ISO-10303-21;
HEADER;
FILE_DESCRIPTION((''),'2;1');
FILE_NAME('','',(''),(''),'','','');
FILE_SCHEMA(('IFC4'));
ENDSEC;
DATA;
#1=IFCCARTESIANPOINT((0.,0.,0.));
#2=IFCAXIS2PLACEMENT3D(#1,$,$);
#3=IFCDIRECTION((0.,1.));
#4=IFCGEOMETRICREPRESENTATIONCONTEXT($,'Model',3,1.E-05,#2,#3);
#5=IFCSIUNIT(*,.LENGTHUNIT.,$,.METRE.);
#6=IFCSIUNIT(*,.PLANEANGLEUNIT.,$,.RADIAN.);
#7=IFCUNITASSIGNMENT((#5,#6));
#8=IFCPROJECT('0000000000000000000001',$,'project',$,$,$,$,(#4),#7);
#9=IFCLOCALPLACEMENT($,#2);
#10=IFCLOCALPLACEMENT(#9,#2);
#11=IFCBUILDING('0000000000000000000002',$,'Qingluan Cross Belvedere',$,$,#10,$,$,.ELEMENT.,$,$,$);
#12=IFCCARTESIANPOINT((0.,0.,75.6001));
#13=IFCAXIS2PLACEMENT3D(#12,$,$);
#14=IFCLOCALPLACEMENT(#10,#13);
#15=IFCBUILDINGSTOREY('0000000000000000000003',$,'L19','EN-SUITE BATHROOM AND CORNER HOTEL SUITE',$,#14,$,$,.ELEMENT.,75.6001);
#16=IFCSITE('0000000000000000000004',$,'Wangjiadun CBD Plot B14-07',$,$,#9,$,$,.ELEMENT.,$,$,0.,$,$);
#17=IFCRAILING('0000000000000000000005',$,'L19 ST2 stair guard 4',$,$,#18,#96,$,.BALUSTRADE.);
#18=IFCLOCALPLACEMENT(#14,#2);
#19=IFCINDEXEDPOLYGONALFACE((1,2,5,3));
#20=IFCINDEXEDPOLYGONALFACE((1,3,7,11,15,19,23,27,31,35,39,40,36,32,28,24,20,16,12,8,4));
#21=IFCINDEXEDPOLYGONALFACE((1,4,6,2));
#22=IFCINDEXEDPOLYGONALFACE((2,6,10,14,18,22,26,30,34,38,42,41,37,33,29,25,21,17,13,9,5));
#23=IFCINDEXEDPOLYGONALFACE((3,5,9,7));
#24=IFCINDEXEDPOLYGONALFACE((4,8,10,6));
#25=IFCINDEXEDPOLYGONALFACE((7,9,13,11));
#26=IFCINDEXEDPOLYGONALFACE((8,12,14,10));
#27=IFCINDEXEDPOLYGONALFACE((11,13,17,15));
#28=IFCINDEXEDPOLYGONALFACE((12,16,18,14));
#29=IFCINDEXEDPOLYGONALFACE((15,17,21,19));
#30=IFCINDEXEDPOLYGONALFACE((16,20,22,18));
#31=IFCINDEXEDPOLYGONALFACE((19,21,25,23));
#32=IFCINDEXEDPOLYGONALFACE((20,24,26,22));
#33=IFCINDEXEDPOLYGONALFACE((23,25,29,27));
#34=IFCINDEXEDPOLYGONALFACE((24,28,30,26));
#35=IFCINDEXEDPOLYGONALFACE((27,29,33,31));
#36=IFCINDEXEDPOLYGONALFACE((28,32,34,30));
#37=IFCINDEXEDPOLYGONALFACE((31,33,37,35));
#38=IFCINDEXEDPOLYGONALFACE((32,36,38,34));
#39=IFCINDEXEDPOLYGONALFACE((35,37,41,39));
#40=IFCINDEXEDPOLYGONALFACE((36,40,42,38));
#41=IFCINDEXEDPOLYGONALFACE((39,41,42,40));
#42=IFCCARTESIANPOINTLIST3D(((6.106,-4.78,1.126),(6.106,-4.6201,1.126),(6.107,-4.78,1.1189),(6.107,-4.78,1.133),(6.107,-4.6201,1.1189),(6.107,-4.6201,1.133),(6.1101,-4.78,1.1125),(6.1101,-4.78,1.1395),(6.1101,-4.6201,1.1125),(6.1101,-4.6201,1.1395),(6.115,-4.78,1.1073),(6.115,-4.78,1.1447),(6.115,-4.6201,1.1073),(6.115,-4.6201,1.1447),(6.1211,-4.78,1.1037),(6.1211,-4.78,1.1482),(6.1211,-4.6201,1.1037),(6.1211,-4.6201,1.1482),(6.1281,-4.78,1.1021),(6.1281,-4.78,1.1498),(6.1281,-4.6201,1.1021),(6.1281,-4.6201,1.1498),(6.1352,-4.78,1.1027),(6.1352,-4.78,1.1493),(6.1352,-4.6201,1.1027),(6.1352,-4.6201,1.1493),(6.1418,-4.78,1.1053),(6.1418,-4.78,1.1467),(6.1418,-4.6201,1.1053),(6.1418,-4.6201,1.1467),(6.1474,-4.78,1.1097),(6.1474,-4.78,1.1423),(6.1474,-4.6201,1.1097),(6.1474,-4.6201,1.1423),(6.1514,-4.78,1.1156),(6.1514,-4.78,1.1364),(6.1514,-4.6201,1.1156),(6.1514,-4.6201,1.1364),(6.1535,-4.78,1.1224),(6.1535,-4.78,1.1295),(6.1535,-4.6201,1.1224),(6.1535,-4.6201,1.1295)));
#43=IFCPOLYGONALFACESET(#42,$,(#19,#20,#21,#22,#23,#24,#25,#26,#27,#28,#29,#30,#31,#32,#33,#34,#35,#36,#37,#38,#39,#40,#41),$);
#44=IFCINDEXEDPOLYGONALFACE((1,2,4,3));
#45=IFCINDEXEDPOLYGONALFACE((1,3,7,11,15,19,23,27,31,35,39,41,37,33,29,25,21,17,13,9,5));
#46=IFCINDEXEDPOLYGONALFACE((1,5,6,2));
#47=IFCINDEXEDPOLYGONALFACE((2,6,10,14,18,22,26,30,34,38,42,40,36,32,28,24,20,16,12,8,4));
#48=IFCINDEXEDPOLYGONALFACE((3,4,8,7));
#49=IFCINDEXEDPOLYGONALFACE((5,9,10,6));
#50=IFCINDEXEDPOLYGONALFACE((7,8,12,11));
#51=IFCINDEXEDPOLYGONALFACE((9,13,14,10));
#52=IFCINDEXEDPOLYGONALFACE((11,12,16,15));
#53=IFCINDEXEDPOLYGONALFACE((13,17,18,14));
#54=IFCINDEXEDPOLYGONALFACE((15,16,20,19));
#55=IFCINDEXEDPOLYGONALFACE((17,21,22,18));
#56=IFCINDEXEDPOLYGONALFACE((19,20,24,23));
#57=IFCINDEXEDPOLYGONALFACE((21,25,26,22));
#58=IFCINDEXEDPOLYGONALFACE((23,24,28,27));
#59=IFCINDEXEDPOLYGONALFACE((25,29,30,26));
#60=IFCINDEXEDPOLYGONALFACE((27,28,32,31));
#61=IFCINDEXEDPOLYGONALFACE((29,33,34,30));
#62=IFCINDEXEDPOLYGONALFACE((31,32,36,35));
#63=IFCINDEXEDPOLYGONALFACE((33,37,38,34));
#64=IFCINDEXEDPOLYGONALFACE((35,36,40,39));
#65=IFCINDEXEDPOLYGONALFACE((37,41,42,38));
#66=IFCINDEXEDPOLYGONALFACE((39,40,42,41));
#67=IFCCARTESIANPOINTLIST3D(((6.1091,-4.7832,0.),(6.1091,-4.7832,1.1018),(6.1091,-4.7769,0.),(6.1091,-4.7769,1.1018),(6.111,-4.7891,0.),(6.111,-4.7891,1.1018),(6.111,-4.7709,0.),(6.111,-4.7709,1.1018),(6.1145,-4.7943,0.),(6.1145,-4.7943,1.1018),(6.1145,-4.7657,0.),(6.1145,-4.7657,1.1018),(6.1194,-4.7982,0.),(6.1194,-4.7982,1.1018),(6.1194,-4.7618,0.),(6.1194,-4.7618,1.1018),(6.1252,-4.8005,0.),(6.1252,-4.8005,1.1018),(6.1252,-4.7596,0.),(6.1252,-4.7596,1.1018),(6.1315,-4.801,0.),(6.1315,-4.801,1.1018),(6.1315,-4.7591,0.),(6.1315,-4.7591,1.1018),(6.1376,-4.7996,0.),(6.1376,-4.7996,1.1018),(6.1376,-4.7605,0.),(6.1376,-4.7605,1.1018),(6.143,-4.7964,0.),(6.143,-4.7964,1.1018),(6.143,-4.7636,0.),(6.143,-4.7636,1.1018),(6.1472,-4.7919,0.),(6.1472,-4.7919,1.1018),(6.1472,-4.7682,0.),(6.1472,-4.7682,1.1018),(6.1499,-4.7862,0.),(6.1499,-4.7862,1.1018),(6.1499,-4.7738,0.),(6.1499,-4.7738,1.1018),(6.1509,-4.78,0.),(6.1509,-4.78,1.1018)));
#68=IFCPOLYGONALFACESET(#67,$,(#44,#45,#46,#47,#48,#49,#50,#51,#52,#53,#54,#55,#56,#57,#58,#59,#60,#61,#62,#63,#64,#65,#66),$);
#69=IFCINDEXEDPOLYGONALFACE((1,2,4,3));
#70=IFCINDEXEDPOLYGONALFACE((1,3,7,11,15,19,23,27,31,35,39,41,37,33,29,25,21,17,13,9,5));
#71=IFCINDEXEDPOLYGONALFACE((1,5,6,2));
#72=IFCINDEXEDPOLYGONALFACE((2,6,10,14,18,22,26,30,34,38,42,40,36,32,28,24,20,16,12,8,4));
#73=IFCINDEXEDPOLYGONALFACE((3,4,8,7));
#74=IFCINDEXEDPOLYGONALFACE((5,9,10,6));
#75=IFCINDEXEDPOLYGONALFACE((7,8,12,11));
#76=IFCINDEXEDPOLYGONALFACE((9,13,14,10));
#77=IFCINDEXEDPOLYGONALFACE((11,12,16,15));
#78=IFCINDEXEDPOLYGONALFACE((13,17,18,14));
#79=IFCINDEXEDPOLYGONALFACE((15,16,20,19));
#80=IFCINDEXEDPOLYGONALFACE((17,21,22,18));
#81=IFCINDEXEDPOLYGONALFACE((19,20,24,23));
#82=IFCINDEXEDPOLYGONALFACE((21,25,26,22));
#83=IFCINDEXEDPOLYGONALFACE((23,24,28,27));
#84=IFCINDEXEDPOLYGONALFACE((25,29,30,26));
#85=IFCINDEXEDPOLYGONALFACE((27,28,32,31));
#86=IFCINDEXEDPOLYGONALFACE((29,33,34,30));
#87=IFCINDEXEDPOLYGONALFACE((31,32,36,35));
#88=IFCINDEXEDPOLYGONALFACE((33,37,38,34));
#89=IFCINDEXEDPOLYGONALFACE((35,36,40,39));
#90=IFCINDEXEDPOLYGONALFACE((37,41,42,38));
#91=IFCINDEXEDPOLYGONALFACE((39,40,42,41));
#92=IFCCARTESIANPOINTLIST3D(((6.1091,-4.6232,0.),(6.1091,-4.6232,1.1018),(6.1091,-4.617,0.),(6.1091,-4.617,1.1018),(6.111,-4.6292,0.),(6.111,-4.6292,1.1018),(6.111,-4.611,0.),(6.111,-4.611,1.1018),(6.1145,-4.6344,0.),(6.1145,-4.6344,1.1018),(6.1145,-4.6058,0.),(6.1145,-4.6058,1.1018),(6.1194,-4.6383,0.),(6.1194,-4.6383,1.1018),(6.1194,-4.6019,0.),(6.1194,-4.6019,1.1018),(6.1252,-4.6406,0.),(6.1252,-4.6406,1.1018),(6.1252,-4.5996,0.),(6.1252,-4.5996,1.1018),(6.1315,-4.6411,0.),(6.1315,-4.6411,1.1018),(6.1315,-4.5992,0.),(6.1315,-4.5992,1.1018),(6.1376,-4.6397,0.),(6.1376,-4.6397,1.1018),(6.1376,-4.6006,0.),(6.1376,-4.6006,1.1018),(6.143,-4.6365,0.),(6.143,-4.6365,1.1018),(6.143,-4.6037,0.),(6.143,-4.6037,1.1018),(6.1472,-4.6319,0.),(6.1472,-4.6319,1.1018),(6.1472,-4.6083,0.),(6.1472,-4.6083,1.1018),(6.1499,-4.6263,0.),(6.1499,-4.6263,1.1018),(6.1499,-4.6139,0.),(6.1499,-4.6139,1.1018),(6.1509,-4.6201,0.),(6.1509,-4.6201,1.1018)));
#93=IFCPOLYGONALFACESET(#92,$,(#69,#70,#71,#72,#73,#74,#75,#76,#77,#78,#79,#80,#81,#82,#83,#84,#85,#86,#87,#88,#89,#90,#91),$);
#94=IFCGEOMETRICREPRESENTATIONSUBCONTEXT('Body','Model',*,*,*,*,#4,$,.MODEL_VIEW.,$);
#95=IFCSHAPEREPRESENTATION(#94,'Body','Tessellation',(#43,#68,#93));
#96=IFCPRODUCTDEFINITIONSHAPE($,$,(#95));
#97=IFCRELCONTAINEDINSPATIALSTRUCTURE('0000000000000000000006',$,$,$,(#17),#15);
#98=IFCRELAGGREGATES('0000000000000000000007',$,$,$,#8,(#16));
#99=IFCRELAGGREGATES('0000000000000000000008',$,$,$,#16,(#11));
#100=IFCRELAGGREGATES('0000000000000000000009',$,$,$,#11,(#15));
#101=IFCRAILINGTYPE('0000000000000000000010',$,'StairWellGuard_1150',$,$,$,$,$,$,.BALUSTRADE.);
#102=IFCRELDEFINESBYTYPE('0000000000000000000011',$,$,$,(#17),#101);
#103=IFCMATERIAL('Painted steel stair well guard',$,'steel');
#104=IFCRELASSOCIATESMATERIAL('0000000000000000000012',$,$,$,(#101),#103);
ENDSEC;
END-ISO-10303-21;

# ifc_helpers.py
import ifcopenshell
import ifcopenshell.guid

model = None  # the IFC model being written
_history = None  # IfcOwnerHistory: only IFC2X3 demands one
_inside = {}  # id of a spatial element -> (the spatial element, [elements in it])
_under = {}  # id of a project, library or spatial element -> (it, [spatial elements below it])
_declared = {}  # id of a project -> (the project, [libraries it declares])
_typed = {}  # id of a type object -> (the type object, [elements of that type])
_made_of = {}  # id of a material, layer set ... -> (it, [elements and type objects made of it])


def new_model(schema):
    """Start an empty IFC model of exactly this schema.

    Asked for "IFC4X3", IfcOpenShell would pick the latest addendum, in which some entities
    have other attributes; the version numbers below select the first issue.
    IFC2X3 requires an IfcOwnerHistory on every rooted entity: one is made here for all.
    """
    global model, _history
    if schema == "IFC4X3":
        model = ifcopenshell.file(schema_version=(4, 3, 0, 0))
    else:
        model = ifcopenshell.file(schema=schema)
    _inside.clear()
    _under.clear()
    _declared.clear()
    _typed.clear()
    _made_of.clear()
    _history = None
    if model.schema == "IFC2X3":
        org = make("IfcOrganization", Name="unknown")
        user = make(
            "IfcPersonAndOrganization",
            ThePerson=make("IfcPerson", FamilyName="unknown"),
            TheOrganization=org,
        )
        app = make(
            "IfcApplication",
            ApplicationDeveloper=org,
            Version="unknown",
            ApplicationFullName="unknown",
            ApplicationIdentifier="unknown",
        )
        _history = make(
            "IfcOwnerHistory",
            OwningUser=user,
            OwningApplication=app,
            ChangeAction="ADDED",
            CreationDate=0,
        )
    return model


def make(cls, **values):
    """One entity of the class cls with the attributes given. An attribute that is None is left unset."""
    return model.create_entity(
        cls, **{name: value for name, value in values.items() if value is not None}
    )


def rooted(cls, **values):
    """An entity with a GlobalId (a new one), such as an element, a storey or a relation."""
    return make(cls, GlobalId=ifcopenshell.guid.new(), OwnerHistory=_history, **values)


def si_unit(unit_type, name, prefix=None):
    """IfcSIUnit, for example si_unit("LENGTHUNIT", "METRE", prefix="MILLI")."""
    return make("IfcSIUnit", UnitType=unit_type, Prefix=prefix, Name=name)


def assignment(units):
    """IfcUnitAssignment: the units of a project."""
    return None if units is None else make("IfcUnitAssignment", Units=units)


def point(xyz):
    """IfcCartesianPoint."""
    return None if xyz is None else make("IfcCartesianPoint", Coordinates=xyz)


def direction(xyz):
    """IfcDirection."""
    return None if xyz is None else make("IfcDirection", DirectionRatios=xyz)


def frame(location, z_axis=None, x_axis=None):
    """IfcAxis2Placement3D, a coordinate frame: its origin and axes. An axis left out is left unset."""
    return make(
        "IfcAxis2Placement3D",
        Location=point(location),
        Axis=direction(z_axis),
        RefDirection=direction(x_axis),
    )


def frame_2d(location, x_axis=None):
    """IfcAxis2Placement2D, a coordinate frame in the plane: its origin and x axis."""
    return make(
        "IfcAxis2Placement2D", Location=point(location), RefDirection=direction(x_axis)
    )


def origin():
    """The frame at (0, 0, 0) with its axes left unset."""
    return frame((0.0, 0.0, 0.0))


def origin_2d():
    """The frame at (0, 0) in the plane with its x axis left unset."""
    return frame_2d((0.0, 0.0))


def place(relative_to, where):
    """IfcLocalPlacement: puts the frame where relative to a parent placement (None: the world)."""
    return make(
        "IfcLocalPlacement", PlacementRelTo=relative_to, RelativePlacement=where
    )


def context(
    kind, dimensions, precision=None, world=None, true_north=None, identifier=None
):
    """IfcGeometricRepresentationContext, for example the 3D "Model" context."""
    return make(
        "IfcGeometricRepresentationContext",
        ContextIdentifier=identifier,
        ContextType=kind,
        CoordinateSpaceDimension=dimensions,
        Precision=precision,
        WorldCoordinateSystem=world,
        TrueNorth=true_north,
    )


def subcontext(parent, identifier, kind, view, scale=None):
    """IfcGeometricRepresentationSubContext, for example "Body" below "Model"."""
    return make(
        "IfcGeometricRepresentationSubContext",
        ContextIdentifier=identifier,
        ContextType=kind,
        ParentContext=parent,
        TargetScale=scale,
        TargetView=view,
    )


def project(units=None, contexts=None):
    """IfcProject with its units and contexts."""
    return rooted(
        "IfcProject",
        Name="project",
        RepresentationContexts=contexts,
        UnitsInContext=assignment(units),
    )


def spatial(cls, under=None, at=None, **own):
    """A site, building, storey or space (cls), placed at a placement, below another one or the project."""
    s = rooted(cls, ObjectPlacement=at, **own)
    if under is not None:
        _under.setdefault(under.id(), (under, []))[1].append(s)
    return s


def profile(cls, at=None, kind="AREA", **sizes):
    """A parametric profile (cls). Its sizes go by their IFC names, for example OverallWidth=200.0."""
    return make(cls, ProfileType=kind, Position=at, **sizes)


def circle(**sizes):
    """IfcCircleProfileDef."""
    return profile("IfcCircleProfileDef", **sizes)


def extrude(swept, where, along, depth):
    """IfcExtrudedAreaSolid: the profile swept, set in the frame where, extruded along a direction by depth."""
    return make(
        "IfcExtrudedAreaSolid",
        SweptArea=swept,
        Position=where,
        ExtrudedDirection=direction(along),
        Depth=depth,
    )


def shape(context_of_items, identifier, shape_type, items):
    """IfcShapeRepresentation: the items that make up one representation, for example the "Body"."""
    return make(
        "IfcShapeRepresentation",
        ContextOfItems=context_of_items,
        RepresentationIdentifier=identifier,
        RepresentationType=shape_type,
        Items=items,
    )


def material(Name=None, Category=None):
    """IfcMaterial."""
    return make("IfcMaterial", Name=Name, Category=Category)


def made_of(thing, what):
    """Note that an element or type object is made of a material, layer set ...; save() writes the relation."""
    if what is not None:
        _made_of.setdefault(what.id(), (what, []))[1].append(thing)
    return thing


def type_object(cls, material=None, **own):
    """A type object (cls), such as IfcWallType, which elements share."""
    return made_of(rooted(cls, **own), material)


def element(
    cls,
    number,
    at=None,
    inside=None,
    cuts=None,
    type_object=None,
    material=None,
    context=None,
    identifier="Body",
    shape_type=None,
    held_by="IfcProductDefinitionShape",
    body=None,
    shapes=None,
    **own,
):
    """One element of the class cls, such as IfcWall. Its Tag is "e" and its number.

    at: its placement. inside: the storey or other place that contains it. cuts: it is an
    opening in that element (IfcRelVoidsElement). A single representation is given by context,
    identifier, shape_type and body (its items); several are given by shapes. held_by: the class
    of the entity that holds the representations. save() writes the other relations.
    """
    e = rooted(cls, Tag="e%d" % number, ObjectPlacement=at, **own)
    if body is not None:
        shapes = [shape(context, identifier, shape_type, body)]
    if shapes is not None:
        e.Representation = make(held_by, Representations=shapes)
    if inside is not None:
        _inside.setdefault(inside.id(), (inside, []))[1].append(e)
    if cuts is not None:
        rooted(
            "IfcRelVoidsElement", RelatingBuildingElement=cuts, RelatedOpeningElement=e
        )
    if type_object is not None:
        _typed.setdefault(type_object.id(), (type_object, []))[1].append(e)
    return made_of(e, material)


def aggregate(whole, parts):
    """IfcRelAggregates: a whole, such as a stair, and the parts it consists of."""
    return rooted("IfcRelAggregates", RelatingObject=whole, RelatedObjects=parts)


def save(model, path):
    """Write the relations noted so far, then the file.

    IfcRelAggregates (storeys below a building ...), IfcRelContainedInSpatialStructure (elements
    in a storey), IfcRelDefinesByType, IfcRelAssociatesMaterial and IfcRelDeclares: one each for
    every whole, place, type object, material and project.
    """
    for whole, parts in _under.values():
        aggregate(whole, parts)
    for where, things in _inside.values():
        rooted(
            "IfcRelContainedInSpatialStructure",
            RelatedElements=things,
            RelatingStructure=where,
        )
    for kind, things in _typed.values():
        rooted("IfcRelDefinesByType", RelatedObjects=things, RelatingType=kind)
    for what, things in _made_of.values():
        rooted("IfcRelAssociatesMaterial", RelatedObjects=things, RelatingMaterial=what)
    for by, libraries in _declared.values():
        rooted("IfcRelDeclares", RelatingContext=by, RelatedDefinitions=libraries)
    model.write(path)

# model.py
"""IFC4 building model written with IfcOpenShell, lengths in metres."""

from ifc_helpers import new_model, si_unit, direction, frame, origin, origin_2d, place, context, subcontext, project, spatial, circle, extrude, material, type_object, element, save


model = new_model("IFC4")

# Units and contexts
model_context = context("Model", 3, precision=1e-05, world=origin(), true_north=direction((0.0, 1.0)))
body_context = subcontext(model_context, "Body", "Model", "MODEL_VIEW")
ifc_project = project(units=[si_unit("LENGTHUNIT", "METRE"), si_unit("PLANEANGLEUNIT", "RADIAN")], contexts=[model_context])

# Site, building, storey
site_placement = place(None, origin())
site = spatial("IfcSite", under=ifc_project, at=site_placement, Name="Wangjiadun CBD Plot B14-07", CompositionType="ELEMENT", RefElevation=0.0)
building_placement = place(site_placement, origin())
building = spatial("IfcBuilding", under=site, at=building_placement, Name="Qingluan Cross Belvedere", CompositionType="ELEMENT")
storey_placement = place(building_placement, frame((0.0, 0.0, 75.6001)))
storey = spatial("IfcBuildingStorey", under=building, at=storey_placement, Name="L19", Description="EN-SUITE BATHROOM AND CORNER HOTEL SUITE", CompositionType="ELEMENT", Elevation=75.6001)

# Railing
ifc_material_1 = material(Name="Painted steel stair well guard", Category="steel")
railing_type_1 = type_object("IfcRailingType", Name="StairWellGuard_1150", PredefinedType="BALUSTRADE", material=ifc_material_1)
railing_1_placement = place(storey_placement, frame((6.1299, -4.78, 0.0)))
element("IfcRailing", 1, at=railing_1_placement, inside=storey, type_object=railing_type_1, Name="L19 ST2 stair guard 4", PredefinedType="BALUSTRADE", context=body_context, shape_type="SweptSolid", body=[
    extrude(circle(Radius=0.0239, at=origin_2d()), frame((0.0, 0.0, 1.126), z_axis=(0.0, 1.0, 0.0), x_axis=(-1.0, 0.0, 0.0)), (0.0, 0.0, 1.0), 0.1599),
    extrude(circle(Radius=0.021, at=origin_2d()), origin(), (0.0, 0.0, 1.0), 1.1018),
    extrude(circle(Radius=0.021, at=origin_2d()), frame((0.0, 0.1599, 0.0)), (0.0, 0.0, 1.0), 1.1018),
])

save(model, "model.ifc")
